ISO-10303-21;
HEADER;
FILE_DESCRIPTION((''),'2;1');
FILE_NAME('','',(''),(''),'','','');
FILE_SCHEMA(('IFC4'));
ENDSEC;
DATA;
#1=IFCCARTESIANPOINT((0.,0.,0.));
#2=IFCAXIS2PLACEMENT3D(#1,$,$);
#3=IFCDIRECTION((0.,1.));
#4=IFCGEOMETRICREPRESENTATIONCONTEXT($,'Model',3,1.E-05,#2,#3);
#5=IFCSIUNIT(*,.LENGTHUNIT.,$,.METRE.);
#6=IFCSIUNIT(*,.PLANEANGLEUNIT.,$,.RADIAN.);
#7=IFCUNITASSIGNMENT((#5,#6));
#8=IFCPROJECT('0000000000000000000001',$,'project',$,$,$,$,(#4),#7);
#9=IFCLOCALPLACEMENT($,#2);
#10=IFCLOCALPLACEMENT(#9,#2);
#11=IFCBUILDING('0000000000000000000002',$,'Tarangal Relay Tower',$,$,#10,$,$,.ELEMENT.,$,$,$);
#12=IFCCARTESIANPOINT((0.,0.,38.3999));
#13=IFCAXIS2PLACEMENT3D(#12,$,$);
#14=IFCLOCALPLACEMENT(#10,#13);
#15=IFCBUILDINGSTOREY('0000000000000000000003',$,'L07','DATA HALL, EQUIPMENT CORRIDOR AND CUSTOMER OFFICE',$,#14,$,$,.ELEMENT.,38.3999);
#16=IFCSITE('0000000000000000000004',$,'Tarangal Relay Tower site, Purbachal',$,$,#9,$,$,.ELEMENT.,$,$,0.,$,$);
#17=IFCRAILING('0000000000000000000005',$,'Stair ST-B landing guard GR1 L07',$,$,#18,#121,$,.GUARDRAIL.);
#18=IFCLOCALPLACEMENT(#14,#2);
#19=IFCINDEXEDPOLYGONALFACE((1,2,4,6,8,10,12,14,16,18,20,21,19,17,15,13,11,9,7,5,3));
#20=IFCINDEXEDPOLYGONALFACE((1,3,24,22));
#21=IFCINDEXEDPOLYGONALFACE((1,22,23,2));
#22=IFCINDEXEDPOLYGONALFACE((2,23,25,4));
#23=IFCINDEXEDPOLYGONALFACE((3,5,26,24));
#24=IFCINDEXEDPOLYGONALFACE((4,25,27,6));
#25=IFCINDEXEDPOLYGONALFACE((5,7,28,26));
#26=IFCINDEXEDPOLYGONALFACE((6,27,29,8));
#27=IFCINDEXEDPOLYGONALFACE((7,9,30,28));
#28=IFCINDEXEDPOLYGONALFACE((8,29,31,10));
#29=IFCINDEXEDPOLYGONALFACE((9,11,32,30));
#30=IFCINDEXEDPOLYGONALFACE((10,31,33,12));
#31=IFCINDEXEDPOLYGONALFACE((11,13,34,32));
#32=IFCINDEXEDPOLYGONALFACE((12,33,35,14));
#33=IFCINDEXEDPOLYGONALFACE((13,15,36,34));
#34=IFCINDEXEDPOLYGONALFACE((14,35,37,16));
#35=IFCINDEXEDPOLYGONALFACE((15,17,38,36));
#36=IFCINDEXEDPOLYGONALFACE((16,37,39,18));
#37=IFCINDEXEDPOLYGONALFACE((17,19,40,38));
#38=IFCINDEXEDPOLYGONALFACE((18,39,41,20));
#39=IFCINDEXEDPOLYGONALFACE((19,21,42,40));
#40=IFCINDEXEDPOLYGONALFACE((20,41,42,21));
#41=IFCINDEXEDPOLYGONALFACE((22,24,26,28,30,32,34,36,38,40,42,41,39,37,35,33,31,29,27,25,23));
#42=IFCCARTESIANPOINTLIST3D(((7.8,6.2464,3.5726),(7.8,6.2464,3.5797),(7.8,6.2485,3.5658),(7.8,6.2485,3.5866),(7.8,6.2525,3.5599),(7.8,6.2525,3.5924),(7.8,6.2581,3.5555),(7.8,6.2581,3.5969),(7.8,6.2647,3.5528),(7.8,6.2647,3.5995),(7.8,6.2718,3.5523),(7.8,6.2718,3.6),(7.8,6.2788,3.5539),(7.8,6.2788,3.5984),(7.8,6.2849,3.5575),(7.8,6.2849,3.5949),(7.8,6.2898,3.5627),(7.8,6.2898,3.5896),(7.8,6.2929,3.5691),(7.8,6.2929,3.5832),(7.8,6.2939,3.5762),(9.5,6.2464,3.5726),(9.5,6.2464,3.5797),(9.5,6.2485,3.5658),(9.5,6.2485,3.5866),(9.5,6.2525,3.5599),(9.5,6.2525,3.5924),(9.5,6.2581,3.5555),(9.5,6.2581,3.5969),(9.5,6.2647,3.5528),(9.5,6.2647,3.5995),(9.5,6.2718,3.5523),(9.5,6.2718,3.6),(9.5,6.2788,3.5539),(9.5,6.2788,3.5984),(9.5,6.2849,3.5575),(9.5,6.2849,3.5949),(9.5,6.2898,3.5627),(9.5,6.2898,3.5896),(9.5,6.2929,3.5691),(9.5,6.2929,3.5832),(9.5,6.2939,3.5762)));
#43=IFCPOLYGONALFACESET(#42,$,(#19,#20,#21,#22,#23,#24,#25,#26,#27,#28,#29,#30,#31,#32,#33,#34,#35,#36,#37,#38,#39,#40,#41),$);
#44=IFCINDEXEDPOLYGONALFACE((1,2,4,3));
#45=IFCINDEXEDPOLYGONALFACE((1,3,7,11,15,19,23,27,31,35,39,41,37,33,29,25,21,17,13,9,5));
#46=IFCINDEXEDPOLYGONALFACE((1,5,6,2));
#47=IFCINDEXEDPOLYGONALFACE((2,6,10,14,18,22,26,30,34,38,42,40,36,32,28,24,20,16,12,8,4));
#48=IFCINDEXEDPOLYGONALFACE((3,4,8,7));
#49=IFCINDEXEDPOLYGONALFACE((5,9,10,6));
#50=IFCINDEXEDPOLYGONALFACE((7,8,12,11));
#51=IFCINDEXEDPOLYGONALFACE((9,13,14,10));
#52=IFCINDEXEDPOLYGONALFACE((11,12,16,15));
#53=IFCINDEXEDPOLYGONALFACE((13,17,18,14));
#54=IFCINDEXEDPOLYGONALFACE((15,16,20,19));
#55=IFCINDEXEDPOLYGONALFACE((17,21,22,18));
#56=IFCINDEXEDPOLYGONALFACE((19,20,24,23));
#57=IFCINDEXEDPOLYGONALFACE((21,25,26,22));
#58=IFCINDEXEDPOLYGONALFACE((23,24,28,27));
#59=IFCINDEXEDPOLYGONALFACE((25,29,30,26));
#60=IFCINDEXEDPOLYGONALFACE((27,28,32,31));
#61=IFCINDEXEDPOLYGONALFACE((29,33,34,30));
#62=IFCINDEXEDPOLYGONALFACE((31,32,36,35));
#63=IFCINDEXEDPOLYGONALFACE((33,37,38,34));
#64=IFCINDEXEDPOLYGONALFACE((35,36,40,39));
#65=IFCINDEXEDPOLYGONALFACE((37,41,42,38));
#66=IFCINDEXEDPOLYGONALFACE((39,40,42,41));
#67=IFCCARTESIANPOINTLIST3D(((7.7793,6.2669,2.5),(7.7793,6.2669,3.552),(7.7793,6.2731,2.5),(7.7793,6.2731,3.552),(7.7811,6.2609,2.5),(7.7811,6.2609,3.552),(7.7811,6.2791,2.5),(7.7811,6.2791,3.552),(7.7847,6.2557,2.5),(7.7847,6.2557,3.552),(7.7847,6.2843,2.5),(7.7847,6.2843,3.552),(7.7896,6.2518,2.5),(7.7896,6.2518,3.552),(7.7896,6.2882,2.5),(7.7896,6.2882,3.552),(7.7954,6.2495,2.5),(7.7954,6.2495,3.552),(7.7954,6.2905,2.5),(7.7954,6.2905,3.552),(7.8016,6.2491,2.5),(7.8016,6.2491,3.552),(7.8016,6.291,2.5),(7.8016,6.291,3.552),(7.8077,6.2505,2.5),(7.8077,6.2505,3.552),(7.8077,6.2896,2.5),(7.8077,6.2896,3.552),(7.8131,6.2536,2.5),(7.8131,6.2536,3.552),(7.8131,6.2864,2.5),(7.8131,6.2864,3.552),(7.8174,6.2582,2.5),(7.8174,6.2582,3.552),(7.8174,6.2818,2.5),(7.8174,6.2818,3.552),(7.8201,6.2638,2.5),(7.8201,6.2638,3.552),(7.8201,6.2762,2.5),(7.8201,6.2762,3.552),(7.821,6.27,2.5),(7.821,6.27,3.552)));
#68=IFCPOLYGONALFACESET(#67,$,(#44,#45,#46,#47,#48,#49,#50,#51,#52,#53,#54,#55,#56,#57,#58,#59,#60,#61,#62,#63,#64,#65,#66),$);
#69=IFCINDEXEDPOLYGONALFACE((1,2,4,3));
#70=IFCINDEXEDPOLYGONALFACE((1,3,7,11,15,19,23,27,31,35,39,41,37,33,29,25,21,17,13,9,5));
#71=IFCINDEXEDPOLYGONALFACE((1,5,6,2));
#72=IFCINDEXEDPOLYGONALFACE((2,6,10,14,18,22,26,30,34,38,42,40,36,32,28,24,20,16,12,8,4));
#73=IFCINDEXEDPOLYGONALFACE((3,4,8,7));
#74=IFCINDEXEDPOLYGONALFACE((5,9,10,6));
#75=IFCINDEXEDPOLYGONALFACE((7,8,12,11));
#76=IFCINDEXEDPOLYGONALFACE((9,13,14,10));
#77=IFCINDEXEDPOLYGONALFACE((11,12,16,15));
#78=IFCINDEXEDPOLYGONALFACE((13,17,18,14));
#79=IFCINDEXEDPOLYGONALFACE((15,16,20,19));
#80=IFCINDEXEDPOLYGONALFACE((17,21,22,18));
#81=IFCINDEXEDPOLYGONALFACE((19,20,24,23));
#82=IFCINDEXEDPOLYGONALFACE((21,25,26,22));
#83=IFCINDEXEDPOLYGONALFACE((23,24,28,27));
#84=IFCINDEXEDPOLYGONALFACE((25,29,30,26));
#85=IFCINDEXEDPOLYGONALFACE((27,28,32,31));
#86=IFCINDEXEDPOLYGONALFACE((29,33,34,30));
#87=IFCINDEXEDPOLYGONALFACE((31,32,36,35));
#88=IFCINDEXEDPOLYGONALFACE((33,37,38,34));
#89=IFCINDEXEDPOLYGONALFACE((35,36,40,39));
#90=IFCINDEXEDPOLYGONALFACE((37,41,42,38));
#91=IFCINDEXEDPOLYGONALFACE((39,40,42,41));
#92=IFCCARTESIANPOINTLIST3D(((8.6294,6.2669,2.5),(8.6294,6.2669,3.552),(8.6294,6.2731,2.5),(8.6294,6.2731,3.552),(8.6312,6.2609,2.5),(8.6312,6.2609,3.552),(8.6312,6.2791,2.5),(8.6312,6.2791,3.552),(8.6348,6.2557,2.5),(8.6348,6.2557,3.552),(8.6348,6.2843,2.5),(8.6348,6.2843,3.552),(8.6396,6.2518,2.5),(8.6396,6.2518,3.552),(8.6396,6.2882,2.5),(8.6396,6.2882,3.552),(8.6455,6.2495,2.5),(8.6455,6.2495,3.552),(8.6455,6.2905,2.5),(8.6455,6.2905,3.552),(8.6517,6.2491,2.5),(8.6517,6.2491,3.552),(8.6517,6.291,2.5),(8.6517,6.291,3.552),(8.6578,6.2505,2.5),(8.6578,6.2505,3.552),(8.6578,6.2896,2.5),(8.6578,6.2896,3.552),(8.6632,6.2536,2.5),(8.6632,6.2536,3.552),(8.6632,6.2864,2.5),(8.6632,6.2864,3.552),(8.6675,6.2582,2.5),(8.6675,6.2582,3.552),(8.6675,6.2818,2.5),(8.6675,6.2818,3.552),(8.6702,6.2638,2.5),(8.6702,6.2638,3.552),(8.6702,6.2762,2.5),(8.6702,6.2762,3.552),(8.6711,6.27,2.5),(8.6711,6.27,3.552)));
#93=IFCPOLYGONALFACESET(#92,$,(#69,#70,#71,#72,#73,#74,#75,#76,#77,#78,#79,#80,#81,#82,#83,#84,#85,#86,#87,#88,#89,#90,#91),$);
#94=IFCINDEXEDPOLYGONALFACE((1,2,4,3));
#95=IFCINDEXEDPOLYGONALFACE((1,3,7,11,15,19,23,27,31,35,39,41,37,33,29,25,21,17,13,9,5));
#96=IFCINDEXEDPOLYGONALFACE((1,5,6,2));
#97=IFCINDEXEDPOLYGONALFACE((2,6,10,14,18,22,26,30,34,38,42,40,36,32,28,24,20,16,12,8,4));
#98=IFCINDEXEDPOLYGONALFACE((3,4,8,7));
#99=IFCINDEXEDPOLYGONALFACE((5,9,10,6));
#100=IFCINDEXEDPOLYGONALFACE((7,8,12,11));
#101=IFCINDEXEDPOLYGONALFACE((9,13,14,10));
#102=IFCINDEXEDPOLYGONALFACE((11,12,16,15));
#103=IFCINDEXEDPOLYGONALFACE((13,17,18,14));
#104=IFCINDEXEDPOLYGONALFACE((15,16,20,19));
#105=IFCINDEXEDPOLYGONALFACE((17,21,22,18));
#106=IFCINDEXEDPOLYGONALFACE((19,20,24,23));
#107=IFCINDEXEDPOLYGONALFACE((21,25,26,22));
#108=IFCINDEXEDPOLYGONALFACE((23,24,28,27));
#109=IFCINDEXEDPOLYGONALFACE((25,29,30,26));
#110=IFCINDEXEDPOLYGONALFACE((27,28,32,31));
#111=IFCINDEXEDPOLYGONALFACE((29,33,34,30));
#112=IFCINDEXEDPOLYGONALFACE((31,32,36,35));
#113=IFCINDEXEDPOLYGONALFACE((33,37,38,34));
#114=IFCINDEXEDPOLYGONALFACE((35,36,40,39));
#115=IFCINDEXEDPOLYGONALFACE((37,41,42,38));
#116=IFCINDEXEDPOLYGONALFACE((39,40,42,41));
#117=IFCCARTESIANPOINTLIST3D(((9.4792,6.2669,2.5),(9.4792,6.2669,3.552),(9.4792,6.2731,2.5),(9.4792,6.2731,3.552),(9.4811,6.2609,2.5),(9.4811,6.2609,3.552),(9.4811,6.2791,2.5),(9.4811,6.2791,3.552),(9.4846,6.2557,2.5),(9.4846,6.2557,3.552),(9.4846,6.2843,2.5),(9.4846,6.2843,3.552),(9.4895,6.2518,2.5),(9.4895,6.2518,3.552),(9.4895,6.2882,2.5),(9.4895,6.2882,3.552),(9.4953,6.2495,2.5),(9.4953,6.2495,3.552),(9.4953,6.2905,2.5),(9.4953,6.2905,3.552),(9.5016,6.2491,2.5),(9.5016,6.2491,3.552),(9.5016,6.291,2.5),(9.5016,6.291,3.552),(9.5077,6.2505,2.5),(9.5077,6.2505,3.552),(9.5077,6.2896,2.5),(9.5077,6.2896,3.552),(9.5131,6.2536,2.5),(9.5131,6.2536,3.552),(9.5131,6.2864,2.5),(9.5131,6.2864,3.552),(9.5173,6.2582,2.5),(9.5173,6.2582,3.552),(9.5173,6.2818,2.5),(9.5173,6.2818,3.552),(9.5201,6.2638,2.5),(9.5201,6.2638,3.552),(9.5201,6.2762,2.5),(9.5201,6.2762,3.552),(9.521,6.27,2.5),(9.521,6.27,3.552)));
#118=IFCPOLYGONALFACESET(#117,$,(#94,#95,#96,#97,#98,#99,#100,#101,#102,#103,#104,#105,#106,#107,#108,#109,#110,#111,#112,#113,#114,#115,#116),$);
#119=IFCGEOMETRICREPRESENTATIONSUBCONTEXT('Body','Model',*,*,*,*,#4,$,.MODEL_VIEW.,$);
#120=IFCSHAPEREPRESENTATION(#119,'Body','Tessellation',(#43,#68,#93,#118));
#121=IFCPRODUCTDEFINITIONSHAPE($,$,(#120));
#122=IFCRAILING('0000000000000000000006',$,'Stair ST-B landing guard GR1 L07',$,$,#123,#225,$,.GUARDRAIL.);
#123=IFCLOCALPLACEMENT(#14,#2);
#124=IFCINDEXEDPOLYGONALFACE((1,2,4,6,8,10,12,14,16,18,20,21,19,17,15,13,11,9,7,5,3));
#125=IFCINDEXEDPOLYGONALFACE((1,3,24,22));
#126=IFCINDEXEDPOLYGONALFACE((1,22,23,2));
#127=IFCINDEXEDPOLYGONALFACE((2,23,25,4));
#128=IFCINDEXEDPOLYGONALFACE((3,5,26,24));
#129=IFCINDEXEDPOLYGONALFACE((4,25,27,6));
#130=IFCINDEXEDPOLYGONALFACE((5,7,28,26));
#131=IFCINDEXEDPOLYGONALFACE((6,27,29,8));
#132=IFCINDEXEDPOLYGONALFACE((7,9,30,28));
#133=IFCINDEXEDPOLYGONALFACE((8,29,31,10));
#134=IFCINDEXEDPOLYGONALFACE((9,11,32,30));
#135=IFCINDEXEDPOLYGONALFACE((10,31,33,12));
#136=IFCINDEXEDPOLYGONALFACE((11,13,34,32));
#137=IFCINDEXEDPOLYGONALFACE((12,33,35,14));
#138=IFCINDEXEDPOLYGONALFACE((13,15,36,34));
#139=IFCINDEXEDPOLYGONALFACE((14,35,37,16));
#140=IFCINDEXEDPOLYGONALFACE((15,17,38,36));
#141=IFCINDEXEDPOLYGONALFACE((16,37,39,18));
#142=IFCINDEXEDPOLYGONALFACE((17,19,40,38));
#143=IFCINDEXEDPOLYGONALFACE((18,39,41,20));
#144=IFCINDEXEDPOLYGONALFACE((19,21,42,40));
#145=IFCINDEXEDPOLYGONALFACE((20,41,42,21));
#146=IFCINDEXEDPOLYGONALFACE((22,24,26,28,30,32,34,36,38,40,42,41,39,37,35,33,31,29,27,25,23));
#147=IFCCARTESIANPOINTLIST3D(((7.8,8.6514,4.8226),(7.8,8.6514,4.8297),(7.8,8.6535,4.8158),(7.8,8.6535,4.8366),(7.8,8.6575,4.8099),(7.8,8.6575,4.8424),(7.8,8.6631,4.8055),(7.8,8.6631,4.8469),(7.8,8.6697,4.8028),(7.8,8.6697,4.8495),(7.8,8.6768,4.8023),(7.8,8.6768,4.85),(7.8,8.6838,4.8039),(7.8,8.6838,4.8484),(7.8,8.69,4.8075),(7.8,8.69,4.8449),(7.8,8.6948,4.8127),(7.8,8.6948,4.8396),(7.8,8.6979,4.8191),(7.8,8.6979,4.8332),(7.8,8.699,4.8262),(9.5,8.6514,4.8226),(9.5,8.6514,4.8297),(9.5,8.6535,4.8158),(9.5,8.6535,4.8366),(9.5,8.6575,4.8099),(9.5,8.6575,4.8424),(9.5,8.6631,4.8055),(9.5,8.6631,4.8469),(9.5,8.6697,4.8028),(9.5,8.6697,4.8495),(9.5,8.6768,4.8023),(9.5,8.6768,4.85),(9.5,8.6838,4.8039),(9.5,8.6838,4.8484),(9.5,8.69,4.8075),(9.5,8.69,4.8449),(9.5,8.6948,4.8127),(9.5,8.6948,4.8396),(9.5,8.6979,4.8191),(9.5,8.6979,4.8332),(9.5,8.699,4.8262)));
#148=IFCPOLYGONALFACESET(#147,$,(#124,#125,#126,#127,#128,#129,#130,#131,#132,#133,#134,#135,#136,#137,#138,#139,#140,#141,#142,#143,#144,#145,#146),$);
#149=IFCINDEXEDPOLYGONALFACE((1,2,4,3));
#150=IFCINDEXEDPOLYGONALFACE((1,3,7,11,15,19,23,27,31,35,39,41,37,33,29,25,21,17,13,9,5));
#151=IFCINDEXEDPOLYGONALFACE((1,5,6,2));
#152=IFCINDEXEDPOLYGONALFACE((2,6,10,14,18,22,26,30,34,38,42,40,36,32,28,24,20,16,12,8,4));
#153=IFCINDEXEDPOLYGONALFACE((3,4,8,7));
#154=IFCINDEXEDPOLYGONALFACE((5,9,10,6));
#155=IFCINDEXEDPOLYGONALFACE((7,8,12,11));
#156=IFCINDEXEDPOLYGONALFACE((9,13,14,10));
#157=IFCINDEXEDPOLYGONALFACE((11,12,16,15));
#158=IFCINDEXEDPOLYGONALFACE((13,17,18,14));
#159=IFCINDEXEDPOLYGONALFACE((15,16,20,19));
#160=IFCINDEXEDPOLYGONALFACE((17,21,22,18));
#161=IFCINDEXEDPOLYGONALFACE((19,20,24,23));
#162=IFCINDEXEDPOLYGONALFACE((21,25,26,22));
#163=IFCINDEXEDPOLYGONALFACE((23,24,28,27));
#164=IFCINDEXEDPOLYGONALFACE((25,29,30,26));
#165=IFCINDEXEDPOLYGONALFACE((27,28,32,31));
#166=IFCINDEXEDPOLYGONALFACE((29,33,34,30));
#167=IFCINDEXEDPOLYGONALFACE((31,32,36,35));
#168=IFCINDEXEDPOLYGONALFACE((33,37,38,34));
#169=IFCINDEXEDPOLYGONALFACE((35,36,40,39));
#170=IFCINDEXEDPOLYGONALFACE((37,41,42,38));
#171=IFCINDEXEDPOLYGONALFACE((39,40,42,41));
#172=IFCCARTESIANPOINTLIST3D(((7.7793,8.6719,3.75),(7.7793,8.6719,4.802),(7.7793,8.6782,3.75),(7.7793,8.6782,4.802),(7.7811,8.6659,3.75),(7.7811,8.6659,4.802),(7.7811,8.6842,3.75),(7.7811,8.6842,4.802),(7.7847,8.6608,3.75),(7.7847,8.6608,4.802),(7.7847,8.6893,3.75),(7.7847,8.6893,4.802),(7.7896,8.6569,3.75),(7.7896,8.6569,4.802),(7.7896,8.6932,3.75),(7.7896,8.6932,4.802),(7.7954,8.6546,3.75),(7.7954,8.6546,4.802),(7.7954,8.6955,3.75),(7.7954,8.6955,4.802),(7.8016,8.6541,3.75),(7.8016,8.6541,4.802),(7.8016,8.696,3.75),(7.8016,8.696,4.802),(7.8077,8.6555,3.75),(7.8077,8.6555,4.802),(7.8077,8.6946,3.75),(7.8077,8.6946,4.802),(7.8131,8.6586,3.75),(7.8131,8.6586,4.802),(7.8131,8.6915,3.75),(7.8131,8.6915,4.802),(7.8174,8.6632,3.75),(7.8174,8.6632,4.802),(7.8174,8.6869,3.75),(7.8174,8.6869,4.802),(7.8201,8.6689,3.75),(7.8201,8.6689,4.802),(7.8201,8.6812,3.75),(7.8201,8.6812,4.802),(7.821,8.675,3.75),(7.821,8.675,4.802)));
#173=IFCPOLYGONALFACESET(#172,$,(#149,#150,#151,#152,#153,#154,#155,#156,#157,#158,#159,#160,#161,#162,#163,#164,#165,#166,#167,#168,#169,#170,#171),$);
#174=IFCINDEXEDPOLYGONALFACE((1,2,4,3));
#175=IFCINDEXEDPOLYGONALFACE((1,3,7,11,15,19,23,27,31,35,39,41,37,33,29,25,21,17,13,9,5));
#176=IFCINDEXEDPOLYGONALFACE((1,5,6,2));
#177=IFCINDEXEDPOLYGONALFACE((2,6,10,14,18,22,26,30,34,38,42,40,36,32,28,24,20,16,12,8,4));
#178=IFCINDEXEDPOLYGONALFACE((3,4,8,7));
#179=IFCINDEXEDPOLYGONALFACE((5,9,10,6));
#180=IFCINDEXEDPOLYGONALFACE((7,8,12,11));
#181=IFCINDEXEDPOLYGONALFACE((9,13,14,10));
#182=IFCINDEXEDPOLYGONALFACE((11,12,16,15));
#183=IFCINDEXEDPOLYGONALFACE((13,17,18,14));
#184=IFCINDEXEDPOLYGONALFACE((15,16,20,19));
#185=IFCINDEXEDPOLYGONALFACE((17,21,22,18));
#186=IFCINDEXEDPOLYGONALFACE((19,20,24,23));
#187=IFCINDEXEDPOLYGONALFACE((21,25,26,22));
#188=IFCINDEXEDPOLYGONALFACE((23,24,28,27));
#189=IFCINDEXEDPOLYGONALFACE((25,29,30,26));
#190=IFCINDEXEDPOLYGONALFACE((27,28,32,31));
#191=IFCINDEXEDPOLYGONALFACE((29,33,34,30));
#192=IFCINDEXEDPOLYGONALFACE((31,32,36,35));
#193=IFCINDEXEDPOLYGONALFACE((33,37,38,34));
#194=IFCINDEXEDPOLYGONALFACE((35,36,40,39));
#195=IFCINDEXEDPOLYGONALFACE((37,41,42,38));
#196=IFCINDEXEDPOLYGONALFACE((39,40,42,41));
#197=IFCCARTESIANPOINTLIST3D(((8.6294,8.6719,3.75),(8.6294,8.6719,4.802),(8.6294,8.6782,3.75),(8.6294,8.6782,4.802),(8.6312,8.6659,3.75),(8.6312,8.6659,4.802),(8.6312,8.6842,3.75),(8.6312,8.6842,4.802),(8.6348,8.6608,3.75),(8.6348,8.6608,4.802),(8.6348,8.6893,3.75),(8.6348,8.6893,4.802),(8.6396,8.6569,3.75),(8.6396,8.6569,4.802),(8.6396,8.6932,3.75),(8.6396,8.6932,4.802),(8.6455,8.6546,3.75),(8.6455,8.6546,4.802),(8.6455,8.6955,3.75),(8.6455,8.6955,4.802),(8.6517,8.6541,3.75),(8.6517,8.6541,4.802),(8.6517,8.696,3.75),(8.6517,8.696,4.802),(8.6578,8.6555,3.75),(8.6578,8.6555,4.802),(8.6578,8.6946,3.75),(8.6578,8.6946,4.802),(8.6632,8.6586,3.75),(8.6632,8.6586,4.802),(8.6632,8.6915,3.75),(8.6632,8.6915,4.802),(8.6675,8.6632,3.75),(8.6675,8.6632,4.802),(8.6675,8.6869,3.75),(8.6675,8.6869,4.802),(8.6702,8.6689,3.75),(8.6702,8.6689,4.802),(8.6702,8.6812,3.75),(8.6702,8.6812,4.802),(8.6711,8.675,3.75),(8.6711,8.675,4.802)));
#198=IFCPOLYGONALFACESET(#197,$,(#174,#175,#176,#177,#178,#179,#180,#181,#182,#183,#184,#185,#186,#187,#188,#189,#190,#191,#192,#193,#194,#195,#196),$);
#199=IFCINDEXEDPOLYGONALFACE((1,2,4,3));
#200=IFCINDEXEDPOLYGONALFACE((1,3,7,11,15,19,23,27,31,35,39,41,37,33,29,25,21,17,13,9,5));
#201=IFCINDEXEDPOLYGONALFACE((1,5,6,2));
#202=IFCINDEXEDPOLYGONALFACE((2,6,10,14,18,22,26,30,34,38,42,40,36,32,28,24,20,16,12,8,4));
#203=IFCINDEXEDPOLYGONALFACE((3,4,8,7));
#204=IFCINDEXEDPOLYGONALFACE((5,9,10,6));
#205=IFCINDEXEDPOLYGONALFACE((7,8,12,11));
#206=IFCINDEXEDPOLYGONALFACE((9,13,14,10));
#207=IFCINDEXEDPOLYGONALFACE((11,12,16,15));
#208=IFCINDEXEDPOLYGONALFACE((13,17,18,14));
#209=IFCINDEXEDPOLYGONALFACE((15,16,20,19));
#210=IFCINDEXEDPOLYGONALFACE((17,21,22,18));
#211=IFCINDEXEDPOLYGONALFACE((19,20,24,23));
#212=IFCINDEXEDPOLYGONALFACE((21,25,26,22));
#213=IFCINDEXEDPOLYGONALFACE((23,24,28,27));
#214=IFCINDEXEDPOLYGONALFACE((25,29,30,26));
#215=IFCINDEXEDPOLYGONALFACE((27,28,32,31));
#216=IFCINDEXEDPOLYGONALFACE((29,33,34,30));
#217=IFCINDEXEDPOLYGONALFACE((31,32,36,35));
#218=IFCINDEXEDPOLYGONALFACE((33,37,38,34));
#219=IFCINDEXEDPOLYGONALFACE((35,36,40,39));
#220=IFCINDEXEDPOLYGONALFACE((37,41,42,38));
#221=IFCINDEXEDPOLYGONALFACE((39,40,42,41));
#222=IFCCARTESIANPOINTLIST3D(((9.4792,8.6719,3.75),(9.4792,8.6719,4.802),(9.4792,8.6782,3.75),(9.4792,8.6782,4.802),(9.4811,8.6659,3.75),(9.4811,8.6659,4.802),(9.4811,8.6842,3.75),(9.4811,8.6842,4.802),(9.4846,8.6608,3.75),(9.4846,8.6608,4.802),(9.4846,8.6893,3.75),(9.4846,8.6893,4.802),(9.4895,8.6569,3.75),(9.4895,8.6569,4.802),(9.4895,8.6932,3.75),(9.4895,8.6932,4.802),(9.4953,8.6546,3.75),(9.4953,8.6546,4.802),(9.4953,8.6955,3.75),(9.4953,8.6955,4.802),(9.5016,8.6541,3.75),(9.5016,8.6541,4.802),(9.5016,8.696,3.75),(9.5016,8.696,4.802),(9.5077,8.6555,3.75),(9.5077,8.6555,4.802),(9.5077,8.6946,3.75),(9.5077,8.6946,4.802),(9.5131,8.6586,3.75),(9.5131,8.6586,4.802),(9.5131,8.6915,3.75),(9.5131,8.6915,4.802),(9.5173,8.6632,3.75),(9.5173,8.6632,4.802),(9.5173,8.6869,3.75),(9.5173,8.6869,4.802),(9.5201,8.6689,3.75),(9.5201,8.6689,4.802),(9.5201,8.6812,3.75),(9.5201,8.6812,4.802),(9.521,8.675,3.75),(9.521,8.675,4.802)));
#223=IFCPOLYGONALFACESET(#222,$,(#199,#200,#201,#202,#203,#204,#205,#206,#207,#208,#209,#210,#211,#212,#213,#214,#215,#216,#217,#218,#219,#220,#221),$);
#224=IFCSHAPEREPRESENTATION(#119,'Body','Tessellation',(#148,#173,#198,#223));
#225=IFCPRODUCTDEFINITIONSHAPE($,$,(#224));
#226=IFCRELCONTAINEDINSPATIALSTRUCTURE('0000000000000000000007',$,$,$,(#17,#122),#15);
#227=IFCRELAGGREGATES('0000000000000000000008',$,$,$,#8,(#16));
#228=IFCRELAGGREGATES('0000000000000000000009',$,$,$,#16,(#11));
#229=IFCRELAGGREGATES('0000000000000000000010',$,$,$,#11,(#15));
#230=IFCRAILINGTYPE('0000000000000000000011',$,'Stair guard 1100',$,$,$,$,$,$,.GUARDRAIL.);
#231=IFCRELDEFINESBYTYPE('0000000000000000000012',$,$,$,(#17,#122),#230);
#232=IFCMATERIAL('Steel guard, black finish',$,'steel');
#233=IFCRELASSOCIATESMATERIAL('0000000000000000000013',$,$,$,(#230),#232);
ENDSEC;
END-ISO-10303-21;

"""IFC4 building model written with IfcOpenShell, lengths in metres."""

from ifc_helpers import new_model, si_unit, direction, frame, origin, origin_2d, place, context, subcontext, project, spatial, circle, extrude, material, type_object, element, save


model = new_model("IFC4")

# Units and contexts
model_context = context("Model", 3, precision=1e-05, world=origin(), true_north=direction((0.0, 1.0)))
body_context = subcontext(model_context, "Body", "Model", "MODEL_VIEW")
ifc_project = project(units=[si_unit("LENGTHUNIT", "METRE"), si_unit("PLANEANGLEUNIT", "RADIAN")], contexts=[model_context])

# Site, building, storey
site_placement = place(None, origin())
site = spatial("IfcSite", under=ifc_project, at=site_placement, Name="Tarangal Relay Tower site, Purbachal", CompositionType="ELEMENT", RefElevation=0.0)
building_placement = place(site_placement, origin())
building = spatial("IfcBuilding", under=site, at=building_placement, Name="Tarangal Relay Tower", CompositionType="ELEMENT")
storey_placement = place(building_placement, frame((0.0, 0.0, 38.3999)))
storey = spatial("IfcBuildingStorey", under=building, at=storey_placement, Name="L07", Description="DATA HALL, EQUIPMENT CORRIDOR AND CUSTOMER OFFICE", CompositionType="ELEMENT", Elevation=38.3999)

# Railings
ifc_material_1 = material(Name="Steel guard, black finish", Category="steel")
railing_type_1 = type_object("IfcRailingType", Name="Stair guard 1100", PredefinedType="GUARDRAIL", material=ifc_material_1)
for number, where, name in (
    (1, (7.8, 6.27, 2.5), "Stair ST-B landing guard GR1 L07"),
    (2, (7.8, 8.675, 3.75), "Stair ST-B landing guard GR1 L07"),
):
    element("IfcRailing", number, at=place(storey_placement, frame(where)), inside=storey, type_object=railing_type_1, Name=name, PredefinedType="GUARDRAIL", context=body_context, shape_type="SweptSolid", body=[
        extrude(circle(Radius=0.0239, at=origin_2d()), frame((0.0, 0.0, 1.0762), z_axis=(1.0, 0.0, 0.0), x_axis=(0.0, 1.0, 0.0)), (0.0, 0.0, 1.0), 1.7),
        extrude(circle(Radius=0.021, at=origin_2d()), origin(), (0.0, 0.0, 1.0), 1.052),
        extrude(circle(Radius=0.021, at=origin_2d()), frame((0.8501, 0.0, 0.0)), (0.0, 0.0, 1.0), 1.052),
        extrude(circle(Radius=0.021, at=origin_2d()), frame((1.7, 0.0, 0.0)), (0.0, 0.0, 1.0), 1.052),
    ])

save(model, "model.ifc")
